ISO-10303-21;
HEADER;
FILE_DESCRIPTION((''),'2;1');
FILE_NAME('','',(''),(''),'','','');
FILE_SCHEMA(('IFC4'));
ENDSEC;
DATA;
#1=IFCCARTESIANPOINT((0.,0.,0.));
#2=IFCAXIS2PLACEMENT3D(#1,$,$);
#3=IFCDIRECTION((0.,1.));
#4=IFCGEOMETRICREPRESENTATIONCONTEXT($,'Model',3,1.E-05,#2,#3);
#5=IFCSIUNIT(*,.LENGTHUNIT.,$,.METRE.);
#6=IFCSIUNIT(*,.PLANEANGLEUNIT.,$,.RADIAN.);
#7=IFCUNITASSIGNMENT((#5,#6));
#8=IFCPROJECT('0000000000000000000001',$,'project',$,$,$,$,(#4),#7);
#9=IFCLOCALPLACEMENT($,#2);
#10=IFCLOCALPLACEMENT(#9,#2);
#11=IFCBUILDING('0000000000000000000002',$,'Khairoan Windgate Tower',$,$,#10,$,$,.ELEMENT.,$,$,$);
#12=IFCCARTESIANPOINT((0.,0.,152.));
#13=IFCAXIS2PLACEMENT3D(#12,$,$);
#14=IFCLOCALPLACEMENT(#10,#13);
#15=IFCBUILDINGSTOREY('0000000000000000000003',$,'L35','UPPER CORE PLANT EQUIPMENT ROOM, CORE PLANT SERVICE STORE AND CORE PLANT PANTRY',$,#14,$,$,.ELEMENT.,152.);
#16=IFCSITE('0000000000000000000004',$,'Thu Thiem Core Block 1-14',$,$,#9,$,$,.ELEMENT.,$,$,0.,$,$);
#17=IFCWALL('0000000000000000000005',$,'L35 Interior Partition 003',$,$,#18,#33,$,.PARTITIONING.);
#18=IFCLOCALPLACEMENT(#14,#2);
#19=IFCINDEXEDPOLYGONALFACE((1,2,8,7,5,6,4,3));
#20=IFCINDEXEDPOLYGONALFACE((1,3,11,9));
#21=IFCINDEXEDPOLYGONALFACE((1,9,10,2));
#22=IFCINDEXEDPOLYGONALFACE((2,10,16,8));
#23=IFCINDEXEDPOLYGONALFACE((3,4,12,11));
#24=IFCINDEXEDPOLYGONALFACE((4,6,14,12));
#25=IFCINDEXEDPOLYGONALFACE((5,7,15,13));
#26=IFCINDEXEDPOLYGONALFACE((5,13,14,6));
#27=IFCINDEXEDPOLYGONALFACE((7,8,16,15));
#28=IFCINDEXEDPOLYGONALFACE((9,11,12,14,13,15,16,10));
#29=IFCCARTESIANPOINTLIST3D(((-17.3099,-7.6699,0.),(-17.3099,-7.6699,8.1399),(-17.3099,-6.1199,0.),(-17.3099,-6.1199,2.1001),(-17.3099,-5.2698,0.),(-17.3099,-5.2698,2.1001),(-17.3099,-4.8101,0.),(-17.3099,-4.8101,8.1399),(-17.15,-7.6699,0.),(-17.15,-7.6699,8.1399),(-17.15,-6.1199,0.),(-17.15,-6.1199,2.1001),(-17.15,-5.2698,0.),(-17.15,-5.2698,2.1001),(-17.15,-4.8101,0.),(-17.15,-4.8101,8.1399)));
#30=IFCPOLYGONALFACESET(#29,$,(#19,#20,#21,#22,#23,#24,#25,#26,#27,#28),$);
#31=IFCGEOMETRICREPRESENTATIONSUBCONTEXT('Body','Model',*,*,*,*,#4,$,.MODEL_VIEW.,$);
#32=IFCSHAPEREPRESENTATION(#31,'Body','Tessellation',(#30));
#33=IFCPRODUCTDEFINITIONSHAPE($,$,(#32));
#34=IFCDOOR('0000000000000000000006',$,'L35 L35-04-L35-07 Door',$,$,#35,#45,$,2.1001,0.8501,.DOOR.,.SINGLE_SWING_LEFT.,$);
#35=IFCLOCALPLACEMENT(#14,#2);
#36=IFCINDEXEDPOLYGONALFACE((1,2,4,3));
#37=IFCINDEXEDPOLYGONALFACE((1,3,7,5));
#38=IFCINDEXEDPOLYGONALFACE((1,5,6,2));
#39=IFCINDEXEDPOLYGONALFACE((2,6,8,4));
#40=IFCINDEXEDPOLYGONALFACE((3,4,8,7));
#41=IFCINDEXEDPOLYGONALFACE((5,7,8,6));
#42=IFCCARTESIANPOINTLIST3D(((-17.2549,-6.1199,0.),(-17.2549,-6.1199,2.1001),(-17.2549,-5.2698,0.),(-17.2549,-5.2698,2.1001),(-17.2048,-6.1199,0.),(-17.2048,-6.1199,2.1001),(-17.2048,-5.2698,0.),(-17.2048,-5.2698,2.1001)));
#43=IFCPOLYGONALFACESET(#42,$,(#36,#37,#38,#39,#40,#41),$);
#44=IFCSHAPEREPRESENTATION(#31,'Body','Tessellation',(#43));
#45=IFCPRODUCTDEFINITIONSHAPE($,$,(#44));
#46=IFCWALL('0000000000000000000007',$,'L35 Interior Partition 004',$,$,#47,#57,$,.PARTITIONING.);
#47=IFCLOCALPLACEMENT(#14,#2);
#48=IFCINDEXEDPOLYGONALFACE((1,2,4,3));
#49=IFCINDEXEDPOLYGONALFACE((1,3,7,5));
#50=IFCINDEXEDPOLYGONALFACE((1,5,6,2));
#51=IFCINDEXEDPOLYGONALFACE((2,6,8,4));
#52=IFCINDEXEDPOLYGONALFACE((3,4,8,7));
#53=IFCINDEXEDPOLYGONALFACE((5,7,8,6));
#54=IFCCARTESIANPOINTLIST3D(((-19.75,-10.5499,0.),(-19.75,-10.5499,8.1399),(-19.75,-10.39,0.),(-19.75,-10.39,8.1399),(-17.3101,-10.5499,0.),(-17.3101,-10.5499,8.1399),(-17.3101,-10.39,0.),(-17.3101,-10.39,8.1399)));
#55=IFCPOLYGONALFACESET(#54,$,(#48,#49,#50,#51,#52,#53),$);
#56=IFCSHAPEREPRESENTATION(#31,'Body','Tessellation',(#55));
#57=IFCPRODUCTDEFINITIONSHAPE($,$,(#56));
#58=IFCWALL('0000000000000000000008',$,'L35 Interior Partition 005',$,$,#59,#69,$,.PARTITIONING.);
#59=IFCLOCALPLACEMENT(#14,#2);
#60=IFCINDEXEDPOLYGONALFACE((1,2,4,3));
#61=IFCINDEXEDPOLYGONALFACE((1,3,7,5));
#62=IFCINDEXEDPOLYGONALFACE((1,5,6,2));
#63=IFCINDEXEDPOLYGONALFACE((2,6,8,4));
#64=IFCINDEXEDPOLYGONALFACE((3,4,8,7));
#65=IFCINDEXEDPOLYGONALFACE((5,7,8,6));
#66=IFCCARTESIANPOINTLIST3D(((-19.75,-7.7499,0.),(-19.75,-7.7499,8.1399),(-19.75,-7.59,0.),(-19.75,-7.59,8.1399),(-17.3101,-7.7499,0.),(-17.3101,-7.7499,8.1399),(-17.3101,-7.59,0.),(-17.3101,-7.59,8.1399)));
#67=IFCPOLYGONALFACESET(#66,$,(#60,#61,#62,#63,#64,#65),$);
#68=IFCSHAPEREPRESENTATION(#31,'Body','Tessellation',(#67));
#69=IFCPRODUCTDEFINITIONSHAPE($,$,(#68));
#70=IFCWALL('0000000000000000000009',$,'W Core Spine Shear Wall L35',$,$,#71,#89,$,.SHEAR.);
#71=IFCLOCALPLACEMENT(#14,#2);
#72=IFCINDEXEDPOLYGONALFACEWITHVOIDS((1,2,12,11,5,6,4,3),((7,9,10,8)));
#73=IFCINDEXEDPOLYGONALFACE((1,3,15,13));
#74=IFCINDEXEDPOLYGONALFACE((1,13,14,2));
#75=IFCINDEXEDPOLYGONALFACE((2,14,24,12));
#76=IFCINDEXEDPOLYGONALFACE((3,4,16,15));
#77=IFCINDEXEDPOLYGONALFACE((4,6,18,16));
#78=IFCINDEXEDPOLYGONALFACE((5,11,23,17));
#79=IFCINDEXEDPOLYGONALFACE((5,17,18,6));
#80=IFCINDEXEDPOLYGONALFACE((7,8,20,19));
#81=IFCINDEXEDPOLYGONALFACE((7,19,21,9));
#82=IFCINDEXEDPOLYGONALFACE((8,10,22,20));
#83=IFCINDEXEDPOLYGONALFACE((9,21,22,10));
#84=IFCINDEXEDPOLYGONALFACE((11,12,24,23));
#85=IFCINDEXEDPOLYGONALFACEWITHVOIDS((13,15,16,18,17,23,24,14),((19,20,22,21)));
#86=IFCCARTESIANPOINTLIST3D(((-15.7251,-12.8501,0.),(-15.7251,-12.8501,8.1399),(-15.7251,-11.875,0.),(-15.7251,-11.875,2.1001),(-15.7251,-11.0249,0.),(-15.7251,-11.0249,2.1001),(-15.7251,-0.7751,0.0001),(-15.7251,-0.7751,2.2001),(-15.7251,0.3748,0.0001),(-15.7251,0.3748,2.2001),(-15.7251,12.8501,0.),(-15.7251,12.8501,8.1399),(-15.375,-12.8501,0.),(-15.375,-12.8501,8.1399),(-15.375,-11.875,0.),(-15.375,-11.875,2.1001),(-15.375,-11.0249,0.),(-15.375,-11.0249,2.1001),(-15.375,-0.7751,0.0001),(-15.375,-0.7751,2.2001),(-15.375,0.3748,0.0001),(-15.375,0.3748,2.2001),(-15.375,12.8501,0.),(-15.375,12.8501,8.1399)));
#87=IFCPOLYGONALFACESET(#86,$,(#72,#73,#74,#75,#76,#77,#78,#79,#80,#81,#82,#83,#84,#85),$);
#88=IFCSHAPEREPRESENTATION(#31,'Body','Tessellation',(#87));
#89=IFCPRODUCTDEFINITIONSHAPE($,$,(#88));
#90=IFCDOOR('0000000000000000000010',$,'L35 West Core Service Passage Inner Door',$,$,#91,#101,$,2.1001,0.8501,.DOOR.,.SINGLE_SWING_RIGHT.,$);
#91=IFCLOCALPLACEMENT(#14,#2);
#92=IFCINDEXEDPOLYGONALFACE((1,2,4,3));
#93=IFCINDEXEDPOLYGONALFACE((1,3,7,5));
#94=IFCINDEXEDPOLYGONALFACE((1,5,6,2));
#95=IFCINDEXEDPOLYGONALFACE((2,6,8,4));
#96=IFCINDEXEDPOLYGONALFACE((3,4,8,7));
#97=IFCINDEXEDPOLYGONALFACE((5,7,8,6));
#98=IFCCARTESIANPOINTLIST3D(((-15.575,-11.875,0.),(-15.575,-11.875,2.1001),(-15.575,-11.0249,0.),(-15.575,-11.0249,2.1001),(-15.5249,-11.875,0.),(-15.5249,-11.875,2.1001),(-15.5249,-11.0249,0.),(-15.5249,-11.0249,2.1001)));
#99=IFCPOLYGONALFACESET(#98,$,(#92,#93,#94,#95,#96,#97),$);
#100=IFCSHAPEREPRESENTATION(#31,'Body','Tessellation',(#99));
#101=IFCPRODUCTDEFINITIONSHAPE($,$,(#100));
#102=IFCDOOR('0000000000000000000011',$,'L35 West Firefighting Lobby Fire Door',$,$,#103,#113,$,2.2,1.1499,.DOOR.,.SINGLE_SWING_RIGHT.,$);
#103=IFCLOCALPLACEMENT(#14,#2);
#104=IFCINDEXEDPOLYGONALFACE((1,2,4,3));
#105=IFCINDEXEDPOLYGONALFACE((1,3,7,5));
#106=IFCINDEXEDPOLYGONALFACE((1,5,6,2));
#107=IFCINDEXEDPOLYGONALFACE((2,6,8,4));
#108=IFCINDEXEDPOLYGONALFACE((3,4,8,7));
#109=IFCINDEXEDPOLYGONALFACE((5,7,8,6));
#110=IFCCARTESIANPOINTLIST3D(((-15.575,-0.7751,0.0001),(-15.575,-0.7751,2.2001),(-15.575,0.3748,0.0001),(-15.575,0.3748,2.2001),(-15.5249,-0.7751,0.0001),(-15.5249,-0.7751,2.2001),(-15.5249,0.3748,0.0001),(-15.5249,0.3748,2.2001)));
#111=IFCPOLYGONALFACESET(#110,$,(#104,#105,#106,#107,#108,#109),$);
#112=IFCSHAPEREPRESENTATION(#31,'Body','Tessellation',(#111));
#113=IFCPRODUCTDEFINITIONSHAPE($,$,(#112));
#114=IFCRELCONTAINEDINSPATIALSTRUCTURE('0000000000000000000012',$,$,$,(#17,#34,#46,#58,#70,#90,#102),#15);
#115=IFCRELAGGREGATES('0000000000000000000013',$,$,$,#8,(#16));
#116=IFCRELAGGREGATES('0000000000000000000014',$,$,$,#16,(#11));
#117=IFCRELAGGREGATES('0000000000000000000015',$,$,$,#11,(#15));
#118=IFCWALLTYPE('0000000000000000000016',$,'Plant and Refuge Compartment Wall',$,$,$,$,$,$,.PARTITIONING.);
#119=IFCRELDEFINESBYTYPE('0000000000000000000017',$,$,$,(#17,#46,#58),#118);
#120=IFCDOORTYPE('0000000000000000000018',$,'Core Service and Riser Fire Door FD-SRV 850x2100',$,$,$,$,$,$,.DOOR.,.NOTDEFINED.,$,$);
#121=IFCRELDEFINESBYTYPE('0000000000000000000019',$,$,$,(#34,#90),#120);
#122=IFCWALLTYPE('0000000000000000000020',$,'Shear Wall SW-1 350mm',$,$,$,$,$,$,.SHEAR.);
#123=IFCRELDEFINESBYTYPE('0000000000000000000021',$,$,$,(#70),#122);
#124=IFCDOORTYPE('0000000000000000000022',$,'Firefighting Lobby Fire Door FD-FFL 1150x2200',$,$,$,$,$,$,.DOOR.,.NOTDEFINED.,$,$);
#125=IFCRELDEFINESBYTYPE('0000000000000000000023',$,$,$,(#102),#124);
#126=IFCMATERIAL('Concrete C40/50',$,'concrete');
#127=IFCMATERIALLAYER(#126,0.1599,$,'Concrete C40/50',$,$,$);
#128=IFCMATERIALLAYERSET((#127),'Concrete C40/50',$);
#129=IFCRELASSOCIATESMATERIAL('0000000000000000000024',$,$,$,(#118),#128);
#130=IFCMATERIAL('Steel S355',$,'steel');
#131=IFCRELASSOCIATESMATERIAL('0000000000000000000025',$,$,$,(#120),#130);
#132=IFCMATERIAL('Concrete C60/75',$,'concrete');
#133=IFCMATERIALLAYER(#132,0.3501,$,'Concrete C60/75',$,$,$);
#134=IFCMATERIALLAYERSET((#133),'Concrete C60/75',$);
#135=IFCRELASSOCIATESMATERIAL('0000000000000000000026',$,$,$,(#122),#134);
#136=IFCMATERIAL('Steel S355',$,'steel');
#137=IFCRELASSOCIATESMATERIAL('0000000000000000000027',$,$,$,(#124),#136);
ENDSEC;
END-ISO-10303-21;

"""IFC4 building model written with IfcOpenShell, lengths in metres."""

from ifc_helpers import new_model, si_unit, direction, frame, frame_2d, origin, place, context, subcontext, project, spatial, rectangle, extrude, material, layer, layer_set, type_object, element, fill, save


model = new_model("IFC4")

# Units and contexts
model_context = context("Model", 3, precision=1e-05, world=origin(), true_north=direction((0.0, 1.0)))
body_context = subcontext(model_context, "Body", "Model", "MODEL_VIEW")
ifc_project = project(units=[si_unit("LENGTHUNIT", "METRE"), si_unit("PLANEANGLEUNIT", "RADIAN")], contexts=[model_context])

# Site, building, storey
site_placement = place(None, origin())
site = spatial("IfcSite", under=ifc_project, at=site_placement, Name="Thu Thiem Core Block 1-14", CompositionType="ELEMENT", RefElevation=0.0)
building_placement = place(site_placement, origin())
building = spatial("IfcBuilding", under=site, at=building_placement, Name="Khairoan Windgate Tower", CompositionType="ELEMENT")
storey_placement = place(building_placement, frame((0.0, 0.0, 152.0)))
storey = spatial("IfcBuildingStorey", under=building, at=storey_placement, Name="L35", Description="UPPER CORE PLANT EQUIPMENT ROOM, CORE PLANT SERVICE STORE AND CORE PLANT PANTRY", CompositionType="ELEMENT", Elevation=152.0)

# Wall, opening, door
ifc_material_1 = material(Name="Concrete C40/50", Category="concrete")
ifc_layer_1 = layer(ifc_material_1, 0.1599, Name="Concrete C40/50")
ifc_layer_set_1 = layer_set([ifc_layer_1], Name="Concrete C40/50")
wall_type_1 = type_object("IfcWallType", Name="Plant and Refuge Compartment Wall", PredefinedType="PARTITIONING", material=ifc_layer_set_1)
ifc_material_2 = material(Name="Steel S355", Category="steel")
door_type_1 = type_object("IfcDoorType", Name="Core Service and Riser Fire Door FD-SRV 850x2100", OperationType="NOTDEFINED", PredefinedType="DOOR", material=ifc_material_2)
wall_1_placement = place(storey_placement, frame((-17.23, -7.6699, 0.0), z_axis=(0.0, 0.0, 1.0), x_axis=(0.0, 1.0, 0.0)))
wall_1 = element("IfcWall", 1, at=wall_1_placement, inside=storey, type_object=wall_type_1, Name="L35 Interior Partition 003", PredefinedType="PARTITIONING", context=body_context, shape_type="SweptSolid", body=[
    extrude(rectangle(XDim=2.8599, YDim=0.1599, at=frame_2d((1.4299, 0.0))), origin(), (0.0, 0.0, 1.0), 8.1399),
])
opening_1_placement = place(wall_1_placement, frame((1.55, 0.0, 0.0)))
opening_1 = element("IfcOpeningElement", 2, at=opening_1_placement, cuts=wall_1, PredefinedType="OPENING", context=body_context, shape_type="SweptSolid", body=[
    extrude(rectangle(XDim=0.8501, YDim=2.1001, at=frame_2d((0.425, 1.05))), frame((0.0, 0.0898, 0.0), z_axis=(0.0, -1.0, 0.0), x_axis=(1.0, 0.0, 0.0)), (0.0, 0.0, 1.0), 0.1799),
])
door_1_placement = place(opening_1_placement, origin())
door_1 = element("IfcDoor", 3, at=door_1_placement, inside=storey, type_object=door_type_1, Name="L35 L35-04-L35-07 Door", OperationType="SINGLE_SWING_LEFT", OverallHeight=2.1001, OverallWidth=0.8501, PredefinedType="DOOR", context=body_context, shape_type="SweptSolid", body=[
    extrude(rectangle(XDim=0.8501, YDim=2.1001, at=frame_2d((0.425, 1.05))), frame((0.0, 0.0249, 0.0), z_axis=(0.0, -1.0, 0.0), x_axis=(1.0, 0.0, 0.0)), (0.0, 0.0, 1.0), 0.05),
])
fill(opening_1, door_1)

# Walls
for number, where, z_axis, x_axis, name in (
    (4, (-19.75, -10.47, 0.0), (0.0, 0.0, 1.0), (1.0, 0.0, 0.0), "L35 Interior Partition 004"),
    (5, (-19.75, -7.6699, 0.0), (0.0, 0.0, 1.0), (1.0, 0.0, 0.0), "L35 Interior Partition 005"),
):
    element("IfcWall", number, at=place(storey_placement, frame(where, z_axis=z_axis, x_axis=x_axis)), inside=storey, type_object=wall_type_1, Name=name, PredefinedType="PARTITIONING", context=body_context, shape_type="SweptSolid", body=[
        extrude(rectangle(XDim=2.4399, YDim=0.1599, at=frame_2d((1.22, 0.0))), origin(), (0.0, 0.0, 1.0), 8.1399),
    ])

# Wall, openings, doors
ifc_material_3 = material(Name="Concrete C60/75", Category="concrete")
ifc_layer_2 = layer(ifc_material_3, 0.3501, Name="Concrete C60/75")
ifc_layer_set_2 = layer_set([ifc_layer_2], Name="Concrete C60/75")
wall_type_2 = type_object("IfcWallType", Name="Shear Wall SW-1 350mm", PredefinedType="SHEAR", material=ifc_layer_set_2)
wall_2_placement = place(storey_placement, frame((-15.55, -12.8501, 0.0), z_axis=(0.0, 0.0, 1.0), x_axis=(0.0, 1.0, 0.0)))
wall_2 = element("IfcWall", 6, at=wall_2_placement, inside=storey, type_object=wall_type_2, Name="W Core Spine Shear Wall L35", PredefinedType="SHEAR", context=body_context, shape_type="SweptSolid", body=[
    extrude(rectangle(XDim=25.7002, YDim=0.3501, at=frame_2d((12.8501, 0.0))), origin(), (0.0, 0.0, 1.0), 8.1399),
])
opening_2_placement = place(wall_2_placement, frame((12.075, 0.0, 0.0)))
opening_2 = element("IfcOpeningElement", 7, at=opening_2_placement, cuts=wall_2, PredefinedType="OPENING", context=body_context, shape_type="SweptSolid", body=[
    extrude(rectangle(XDim=1.1499, YDim=2.2, at=frame_2d((0.575, 1.1001))), frame((0.0, 0.1851, 0.0), z_axis=(0.0, -1.0, 0.0), x_axis=(1.0, 0.0, 0.0)), (0.0, 0.0, 1.0), 0.3701),
])
opening_3_placement = place(wall_2_placement, frame((0.9751, 0.0, 0.0)))
opening_3 = element("IfcOpeningElement", 8, at=opening_3_placement, cuts=wall_2, PredefinedType="OPENING", context=body_context, shape_type="SweptSolid", body=[
    extrude(rectangle(XDim=0.8501, YDim=2.1001, at=frame_2d((0.425, 1.05))), frame((0.0, 0.1851, 0.0), z_axis=(0.0, -1.0, 0.0), x_axis=(1.0, 0.0, 0.0)), (0.0, 0.0, 1.0), 0.3701),
])
door_2_placement = place(opening_3_placement, origin())
door_2 = element("IfcDoor", 9, at=door_2_placement, inside=storey, type_object=door_type_1, Name="L35 West Core Service Passage Inner Door", OperationType="SINGLE_SWING_RIGHT", OverallHeight=2.1001, OverallWidth=0.8501, PredefinedType="DOOR", context=body_context, shape_type="SweptSolid", body=[
    extrude(rectangle(XDim=0.8501, YDim=2.1001, at=frame_2d((0.425, 1.05))), frame((0.0, 0.0249, 0.0), z_axis=(0.0, -1.0, 0.0), x_axis=(1.0, 0.0, 0.0)), (0.0, 0.0, 1.0), 0.05),
])
fill(opening_3, door_2)
ifc_material_4 = material(Name="Steel S355", Category="steel")
door_type_2 = type_object("IfcDoorType", Name="Firefighting Lobby Fire Door FD-FFL 1150x2200", OperationType="NOTDEFINED", PredefinedType="DOOR", material=ifc_material_4)
door_3_placement = place(opening_2_placement, origin())
door_3 = element("IfcDoor", 10, at=door_3_placement, inside=storey, type_object=door_type_2, Name="L35 West Firefighting Lobby Fire Door", OperationType="SINGLE_SWING_RIGHT", OverallHeight=2.2, OverallWidth=1.1499, PredefinedType="DOOR", context=body_context, shape_type="SweptSolid", body=[
    extrude(rectangle(XDim=1.1499, YDim=2.2, at=frame_2d((0.575, 1.1001))), frame((0.0, 0.0249, 0.0), z_axis=(0.0, -1.0, 0.0), x_axis=(1.0, 0.0, 0.0)), (0.0, 0.0, 1.0), 0.05),
])
fill(opening_2, door_3)

save(model, "model.ifc")
